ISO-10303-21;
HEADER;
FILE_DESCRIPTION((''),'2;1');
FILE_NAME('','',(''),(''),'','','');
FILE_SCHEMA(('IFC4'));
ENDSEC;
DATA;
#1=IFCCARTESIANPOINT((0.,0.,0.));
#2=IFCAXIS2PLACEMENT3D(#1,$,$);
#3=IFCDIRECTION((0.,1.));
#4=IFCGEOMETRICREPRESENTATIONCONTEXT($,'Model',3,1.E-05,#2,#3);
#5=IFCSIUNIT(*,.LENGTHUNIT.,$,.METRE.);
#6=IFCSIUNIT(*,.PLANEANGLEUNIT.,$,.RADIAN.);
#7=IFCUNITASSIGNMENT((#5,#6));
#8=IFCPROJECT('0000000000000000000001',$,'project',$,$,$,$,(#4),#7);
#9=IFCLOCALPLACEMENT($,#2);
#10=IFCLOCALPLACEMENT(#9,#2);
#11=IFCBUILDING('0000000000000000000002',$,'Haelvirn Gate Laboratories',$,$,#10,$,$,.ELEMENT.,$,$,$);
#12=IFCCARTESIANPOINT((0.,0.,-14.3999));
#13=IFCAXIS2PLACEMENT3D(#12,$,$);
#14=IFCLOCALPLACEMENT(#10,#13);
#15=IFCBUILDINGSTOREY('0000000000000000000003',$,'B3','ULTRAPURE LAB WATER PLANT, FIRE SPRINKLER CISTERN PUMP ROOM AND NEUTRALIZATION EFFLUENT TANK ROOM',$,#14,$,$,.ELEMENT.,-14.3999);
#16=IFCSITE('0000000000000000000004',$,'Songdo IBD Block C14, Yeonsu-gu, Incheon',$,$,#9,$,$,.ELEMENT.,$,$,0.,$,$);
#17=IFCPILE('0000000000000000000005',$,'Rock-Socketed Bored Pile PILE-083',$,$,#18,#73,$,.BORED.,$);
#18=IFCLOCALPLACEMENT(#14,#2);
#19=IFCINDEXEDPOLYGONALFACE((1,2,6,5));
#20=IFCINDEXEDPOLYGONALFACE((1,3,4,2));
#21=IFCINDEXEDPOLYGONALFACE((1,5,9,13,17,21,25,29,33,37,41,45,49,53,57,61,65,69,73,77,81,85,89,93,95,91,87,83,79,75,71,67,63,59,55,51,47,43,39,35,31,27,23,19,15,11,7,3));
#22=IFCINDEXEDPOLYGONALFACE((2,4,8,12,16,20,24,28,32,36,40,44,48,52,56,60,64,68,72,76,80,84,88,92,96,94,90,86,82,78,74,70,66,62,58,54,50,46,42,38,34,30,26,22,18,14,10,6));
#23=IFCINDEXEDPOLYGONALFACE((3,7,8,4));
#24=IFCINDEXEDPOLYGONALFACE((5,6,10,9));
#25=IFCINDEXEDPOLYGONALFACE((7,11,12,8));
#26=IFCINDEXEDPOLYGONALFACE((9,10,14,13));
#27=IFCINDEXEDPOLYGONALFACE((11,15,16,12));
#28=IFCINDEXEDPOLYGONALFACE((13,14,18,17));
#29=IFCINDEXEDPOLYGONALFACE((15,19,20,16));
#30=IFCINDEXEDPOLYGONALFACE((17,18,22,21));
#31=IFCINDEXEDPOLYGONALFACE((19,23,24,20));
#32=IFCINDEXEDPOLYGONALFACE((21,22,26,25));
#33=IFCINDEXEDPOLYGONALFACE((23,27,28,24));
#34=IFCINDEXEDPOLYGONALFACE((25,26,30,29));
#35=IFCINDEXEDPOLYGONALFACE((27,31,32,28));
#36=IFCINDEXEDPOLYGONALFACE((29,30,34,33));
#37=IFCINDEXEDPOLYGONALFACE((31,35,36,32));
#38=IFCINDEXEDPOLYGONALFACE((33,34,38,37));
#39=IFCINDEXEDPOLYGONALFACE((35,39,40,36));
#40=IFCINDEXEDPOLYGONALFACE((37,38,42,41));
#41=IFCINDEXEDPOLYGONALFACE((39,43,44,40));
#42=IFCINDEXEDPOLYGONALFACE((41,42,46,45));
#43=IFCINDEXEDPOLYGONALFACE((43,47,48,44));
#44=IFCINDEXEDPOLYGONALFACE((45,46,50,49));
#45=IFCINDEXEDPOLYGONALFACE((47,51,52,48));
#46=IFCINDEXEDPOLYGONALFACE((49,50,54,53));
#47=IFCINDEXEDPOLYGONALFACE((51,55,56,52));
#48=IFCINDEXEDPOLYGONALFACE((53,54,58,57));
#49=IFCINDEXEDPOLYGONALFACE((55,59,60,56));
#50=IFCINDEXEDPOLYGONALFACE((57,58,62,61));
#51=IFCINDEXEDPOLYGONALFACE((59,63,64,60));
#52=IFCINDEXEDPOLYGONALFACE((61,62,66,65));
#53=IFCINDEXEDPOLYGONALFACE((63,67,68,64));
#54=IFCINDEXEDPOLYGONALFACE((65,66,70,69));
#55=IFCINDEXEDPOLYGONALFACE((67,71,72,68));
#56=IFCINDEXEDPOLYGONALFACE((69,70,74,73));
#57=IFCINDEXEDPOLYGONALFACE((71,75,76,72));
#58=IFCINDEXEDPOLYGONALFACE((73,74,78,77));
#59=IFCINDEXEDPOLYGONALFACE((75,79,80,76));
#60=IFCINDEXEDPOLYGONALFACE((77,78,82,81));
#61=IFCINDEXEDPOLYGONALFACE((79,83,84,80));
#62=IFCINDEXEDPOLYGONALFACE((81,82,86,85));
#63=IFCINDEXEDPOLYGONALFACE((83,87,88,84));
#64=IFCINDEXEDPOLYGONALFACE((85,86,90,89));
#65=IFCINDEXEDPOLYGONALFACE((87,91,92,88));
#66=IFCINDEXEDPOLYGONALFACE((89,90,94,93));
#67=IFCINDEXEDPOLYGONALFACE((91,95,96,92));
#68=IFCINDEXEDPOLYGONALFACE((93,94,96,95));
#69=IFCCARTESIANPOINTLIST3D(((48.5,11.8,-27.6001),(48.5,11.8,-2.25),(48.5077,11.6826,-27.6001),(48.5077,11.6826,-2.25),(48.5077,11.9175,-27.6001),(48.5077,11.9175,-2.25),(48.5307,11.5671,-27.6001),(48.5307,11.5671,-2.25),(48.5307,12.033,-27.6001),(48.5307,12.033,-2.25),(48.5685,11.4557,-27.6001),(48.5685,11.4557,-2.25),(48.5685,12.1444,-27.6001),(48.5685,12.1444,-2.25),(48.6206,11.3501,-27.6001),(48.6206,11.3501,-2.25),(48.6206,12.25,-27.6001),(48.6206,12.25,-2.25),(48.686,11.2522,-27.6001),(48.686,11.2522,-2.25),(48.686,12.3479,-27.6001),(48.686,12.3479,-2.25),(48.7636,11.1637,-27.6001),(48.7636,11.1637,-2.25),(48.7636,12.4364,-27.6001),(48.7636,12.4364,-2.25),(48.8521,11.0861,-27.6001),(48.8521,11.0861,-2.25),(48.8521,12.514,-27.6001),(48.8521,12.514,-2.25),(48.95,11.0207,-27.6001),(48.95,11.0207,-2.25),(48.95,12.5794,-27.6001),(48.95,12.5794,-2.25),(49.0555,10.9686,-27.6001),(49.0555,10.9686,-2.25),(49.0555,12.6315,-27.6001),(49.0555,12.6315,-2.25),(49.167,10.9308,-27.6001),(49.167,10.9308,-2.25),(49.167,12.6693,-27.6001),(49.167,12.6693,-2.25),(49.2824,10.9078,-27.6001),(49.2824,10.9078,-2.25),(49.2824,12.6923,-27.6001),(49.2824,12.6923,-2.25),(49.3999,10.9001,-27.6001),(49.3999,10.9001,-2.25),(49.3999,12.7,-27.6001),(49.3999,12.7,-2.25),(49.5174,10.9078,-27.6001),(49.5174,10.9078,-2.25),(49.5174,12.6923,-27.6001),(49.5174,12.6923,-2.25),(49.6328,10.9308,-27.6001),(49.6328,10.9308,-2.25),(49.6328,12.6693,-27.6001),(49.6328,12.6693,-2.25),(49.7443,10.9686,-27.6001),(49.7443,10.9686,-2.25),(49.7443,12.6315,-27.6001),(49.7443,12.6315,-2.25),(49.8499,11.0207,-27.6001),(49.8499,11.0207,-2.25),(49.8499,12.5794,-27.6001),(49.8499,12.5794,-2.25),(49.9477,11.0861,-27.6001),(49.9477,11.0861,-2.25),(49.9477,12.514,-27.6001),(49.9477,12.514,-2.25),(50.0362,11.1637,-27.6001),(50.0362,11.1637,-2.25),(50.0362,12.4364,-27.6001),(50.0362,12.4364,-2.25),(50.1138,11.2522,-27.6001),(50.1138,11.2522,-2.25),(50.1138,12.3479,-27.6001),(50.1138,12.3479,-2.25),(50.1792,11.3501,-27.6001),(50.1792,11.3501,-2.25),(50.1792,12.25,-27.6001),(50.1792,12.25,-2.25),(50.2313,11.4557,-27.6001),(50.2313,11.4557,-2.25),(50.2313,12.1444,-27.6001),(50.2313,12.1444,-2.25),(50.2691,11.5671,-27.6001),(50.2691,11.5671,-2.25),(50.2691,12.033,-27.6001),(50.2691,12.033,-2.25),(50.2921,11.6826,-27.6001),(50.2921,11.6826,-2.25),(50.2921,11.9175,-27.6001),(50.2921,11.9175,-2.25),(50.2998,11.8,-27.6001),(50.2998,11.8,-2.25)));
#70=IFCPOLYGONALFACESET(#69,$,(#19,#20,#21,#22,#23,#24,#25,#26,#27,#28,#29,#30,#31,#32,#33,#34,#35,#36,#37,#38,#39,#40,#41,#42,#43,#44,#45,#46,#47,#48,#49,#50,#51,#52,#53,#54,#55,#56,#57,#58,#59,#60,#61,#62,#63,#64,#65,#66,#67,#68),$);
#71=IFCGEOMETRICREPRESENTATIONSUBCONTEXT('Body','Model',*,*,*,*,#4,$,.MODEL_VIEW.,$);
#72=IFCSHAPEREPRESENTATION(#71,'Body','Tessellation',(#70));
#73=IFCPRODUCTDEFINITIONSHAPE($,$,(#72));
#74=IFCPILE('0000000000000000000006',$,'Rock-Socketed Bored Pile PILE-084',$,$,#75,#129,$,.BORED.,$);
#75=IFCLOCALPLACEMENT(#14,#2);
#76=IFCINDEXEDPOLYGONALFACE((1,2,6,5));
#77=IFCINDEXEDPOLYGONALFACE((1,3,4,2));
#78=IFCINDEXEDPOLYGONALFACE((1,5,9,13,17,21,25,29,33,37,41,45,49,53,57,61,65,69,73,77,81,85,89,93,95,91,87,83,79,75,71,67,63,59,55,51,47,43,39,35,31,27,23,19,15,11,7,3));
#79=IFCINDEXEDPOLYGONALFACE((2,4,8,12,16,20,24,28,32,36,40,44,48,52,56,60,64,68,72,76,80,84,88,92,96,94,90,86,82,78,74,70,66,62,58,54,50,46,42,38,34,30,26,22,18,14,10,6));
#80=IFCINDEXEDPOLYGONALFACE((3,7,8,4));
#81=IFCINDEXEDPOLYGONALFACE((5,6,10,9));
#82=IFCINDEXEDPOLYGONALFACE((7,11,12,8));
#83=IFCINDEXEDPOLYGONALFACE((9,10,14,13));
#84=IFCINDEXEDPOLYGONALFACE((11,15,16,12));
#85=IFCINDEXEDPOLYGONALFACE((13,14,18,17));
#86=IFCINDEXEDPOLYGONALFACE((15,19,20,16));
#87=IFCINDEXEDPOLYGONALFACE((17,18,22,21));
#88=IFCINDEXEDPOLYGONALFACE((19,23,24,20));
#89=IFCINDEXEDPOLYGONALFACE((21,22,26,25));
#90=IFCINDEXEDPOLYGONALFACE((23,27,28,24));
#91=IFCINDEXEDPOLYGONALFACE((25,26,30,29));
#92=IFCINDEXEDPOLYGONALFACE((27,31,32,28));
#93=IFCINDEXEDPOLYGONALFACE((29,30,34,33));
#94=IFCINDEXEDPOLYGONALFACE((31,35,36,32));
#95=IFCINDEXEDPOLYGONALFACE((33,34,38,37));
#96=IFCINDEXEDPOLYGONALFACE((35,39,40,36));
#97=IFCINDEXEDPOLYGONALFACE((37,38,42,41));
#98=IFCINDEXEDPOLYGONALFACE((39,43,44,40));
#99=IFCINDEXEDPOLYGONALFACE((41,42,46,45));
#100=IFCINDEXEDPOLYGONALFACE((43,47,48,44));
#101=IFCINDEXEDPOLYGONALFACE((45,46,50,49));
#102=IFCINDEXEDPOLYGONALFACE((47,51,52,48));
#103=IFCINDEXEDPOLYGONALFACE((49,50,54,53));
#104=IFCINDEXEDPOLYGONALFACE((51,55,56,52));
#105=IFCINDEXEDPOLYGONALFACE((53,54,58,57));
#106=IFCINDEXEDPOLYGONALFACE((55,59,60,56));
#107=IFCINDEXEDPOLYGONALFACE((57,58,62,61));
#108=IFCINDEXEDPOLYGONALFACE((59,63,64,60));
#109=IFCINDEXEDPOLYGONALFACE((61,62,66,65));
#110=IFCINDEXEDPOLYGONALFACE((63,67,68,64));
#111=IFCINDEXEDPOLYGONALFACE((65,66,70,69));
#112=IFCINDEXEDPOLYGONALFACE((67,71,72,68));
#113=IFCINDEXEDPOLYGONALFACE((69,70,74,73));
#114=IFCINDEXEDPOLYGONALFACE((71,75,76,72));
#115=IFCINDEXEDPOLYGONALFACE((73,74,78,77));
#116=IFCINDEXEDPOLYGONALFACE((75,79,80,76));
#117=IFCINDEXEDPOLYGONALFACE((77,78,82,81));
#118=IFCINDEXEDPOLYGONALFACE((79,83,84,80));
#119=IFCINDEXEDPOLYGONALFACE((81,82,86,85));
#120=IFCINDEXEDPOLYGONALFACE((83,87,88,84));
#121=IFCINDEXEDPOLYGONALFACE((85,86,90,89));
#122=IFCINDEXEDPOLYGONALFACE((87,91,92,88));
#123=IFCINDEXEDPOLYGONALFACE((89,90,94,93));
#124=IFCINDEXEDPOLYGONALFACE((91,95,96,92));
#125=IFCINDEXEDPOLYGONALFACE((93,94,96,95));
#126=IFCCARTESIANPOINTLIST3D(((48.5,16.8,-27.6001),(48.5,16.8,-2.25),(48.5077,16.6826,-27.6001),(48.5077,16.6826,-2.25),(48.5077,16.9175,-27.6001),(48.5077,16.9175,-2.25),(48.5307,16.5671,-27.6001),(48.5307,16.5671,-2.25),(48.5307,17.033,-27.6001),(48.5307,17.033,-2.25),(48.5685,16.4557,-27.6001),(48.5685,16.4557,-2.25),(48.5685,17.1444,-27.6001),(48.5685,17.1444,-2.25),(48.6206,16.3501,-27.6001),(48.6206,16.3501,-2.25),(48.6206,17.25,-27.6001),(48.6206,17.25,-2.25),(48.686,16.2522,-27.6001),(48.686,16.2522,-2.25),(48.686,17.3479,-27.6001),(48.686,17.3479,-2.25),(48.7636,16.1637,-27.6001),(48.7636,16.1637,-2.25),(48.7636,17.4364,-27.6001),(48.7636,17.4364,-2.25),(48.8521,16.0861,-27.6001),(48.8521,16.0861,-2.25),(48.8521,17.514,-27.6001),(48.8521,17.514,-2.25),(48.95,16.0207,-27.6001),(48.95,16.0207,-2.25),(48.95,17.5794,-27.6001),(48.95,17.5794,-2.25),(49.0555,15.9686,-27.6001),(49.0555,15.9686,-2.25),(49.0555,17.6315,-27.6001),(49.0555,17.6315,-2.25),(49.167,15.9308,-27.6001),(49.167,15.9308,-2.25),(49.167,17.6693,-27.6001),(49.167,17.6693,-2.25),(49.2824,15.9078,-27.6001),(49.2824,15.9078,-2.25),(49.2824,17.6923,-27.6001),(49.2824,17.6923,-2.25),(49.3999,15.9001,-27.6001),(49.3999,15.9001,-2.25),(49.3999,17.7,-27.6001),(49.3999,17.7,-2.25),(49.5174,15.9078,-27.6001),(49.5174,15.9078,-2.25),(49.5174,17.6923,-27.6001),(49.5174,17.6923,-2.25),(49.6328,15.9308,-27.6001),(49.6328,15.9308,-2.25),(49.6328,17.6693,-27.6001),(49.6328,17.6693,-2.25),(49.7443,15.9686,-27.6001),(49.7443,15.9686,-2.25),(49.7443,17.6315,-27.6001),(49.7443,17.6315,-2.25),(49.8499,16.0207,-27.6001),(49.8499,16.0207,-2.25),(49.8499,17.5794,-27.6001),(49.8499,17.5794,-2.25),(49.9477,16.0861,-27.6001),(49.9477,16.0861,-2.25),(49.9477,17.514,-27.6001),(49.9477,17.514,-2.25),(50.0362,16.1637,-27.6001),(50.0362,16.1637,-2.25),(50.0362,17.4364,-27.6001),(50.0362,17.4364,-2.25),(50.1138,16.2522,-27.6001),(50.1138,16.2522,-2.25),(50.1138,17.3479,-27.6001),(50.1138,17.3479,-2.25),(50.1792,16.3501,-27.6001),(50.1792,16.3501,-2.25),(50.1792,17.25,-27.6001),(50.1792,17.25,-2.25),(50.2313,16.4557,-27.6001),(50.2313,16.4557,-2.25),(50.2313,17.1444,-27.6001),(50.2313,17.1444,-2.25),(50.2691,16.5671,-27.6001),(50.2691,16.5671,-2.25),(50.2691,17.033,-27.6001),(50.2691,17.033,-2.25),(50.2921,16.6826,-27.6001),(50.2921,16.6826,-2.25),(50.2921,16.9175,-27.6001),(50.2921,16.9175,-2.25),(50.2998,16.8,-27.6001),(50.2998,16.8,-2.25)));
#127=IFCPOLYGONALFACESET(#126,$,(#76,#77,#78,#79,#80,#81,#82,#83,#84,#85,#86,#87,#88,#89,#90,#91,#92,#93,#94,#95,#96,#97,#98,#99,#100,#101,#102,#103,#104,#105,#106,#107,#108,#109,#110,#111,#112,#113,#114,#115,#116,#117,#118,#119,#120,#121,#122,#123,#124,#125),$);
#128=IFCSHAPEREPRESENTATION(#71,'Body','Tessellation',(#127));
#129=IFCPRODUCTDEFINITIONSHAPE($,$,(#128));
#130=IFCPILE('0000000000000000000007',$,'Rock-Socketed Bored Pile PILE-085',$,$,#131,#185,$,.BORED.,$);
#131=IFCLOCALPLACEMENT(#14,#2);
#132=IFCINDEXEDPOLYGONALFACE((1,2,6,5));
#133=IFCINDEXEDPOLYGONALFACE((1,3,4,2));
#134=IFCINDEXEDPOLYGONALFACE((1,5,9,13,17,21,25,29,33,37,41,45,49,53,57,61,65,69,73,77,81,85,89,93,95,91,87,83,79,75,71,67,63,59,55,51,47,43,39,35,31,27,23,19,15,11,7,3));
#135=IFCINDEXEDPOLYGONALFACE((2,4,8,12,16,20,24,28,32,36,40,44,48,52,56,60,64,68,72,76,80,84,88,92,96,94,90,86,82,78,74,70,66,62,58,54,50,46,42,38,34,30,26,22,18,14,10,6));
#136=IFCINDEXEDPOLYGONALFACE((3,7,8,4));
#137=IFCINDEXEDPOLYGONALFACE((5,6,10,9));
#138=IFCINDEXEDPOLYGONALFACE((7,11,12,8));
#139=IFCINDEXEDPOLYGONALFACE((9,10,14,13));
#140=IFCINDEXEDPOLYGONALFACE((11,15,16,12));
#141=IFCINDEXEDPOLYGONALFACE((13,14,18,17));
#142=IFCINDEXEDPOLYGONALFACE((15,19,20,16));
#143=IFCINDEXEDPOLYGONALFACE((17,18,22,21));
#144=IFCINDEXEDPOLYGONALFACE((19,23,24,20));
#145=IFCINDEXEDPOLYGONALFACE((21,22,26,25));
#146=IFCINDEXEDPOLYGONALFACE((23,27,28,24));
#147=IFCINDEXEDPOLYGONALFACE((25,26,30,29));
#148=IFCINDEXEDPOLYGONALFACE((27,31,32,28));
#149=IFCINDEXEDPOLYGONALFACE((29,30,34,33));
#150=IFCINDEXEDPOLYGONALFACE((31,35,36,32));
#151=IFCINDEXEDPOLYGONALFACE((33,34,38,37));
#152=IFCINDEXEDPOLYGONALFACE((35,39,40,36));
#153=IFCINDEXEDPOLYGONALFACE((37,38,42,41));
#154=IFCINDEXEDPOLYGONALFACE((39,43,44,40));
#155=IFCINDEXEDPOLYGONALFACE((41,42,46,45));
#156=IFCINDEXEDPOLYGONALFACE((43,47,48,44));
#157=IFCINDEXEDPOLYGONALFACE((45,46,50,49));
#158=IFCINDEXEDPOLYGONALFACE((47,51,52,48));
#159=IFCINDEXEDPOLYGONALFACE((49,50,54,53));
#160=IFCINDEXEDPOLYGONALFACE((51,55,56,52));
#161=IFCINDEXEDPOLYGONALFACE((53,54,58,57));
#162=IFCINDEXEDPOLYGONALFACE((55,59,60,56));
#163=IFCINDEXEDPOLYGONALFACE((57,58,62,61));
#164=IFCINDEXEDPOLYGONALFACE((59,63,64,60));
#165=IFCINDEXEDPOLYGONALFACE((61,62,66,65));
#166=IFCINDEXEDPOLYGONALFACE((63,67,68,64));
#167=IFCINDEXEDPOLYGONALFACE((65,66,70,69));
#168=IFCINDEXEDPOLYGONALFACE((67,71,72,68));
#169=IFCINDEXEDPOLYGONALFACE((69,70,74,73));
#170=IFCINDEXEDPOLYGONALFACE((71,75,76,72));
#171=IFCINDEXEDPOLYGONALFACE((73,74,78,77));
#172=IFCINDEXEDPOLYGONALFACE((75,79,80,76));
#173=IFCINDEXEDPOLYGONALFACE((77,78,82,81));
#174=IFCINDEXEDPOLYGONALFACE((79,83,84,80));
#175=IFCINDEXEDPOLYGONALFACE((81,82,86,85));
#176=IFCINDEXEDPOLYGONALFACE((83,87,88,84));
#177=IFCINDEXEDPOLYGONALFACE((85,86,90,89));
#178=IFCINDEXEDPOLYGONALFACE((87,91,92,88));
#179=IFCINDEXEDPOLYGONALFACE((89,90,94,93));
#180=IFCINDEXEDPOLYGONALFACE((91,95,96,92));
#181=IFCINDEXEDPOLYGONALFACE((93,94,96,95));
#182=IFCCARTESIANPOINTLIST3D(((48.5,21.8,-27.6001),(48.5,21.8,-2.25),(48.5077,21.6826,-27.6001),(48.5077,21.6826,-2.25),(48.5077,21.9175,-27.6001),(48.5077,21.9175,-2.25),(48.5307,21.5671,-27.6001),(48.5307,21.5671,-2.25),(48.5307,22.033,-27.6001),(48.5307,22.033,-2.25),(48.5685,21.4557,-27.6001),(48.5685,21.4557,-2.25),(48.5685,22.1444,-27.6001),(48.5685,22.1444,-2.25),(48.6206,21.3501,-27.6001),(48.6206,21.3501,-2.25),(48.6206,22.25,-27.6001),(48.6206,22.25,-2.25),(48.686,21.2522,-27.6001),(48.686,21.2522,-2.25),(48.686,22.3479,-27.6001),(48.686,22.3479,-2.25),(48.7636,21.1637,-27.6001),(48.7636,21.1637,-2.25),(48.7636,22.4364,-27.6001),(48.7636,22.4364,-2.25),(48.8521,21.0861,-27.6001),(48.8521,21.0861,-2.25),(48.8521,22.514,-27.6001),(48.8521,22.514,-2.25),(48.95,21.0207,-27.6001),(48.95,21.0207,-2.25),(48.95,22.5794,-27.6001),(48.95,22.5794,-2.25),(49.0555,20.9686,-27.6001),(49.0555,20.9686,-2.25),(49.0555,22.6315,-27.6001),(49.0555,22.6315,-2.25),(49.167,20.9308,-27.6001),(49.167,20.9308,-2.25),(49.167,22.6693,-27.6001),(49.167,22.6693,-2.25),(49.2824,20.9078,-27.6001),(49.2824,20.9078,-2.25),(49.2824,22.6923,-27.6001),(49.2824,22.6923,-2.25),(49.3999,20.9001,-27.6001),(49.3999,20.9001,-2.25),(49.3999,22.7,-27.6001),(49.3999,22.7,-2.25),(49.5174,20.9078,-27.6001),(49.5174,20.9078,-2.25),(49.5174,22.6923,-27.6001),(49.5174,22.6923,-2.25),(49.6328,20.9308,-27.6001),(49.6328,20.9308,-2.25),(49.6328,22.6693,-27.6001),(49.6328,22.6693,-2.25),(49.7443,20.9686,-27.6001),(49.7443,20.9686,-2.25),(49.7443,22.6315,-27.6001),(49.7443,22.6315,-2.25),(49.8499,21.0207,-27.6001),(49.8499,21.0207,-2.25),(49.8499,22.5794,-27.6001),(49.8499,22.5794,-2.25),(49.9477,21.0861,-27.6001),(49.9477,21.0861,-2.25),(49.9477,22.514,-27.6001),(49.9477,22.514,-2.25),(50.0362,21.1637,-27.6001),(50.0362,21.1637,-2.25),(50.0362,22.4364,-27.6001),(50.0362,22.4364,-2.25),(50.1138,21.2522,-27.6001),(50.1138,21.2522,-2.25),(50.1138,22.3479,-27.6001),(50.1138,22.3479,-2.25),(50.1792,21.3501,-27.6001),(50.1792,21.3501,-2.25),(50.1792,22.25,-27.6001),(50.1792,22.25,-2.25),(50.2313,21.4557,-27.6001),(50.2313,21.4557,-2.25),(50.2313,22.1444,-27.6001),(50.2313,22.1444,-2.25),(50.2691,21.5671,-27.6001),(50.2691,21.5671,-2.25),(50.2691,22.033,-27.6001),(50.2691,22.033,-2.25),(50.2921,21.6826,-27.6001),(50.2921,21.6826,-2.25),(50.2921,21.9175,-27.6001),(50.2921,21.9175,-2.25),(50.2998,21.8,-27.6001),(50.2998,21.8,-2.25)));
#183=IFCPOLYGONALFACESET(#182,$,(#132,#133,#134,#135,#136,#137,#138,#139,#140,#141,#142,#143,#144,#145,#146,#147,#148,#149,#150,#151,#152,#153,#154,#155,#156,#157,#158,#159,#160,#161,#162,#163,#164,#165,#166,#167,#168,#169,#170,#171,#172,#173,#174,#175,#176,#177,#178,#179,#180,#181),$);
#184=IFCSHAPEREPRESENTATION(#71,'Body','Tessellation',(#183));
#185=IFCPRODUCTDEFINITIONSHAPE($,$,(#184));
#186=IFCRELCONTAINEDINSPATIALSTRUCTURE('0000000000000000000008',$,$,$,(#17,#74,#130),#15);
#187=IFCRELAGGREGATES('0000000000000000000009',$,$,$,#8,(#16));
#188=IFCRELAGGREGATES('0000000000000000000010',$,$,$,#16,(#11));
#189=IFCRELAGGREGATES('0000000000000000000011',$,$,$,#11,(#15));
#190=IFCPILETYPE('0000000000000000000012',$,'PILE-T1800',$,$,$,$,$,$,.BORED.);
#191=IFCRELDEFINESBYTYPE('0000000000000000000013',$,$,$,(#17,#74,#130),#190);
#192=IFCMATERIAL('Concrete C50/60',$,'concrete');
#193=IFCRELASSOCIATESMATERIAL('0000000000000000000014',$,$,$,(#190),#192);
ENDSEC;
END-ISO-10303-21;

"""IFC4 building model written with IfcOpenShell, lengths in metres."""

from ifc_helpers import new_model, si_unit, direction, frame, origin, origin_2d, place, context, subcontext, project, spatial, circle, extrude, source, transform, mapped, material, material_profile, profile_set, type_object, type_shapes, element, save


model = new_model("IFC4")

# Units and contexts
model_context = context("Model", 3, precision=1e-05, world=origin(), true_north=direction((0.0, 1.0)))
body_context = subcontext(model_context, "Body", "Model", "MODEL_VIEW")
ifc_project = project(units=[si_unit("LENGTHUNIT", "METRE"), si_unit("PLANEANGLEUNIT", "RADIAN")], contexts=[model_context])

# Site, building, storey
site_placement = place(None, origin())
site = spatial("IfcSite", under=ifc_project, at=site_placement, Name="Songdo IBD Block C14, Yeonsu-gu, Incheon", CompositionType="ELEMENT", RefElevation=0.0)
building_placement = place(site_placement, origin())
building = spatial("IfcBuilding", under=site, at=building_placement, Name="Haelvirn Gate Laboratories", CompositionType="ELEMENT")
storey_placement = place(building_placement, frame((0.0, 0.0, -14.3999)))
storey = spatial("IfcBuildingStorey", under=building, at=storey_placement, Name="B3", Description="ULTRAPURE LAB WATER PLANT, FIRE SPRINKLER CISTERN PUMP ROOM AND NEUTRALIZATION EFFLUENT TANK ROOM", CompositionType="ELEMENT", Elevation=-14.3999)

# Piles
ifc_material_1 = material(Name="Concrete C50/60", Category="concrete")
ifc_material_profile_1 = material_profile(ifc_material_1, circle(Radius=0.8999, at=origin_2d()), Name="PILE-D1800")
ifc_profile_set_1 = profile_set([ifc_material_profile_1], Name="Concrete C50/60")
pile_type_1 = type_object("IfcPileType", Name="PILE-T1800", PredefinedType="BORED", material=ifc_profile_set_1)
shared_shape_1 = source(origin(), body_context, "Body", "SweptSolid", [
    extrude(circle(Radius=0.8999, at=origin_2d()), origin(), (0.0, 0.0, 1.0), 25.3501),
])
type_shapes(pile_type_1, [shared_shape_1])
for number, where, z_axis, x_axis, name in (
    (1, (49.3999, 11.8, -2.25), (0.0, 0.0, -1.0), (1.0, 0.0, 0.0), "Rock-Socketed Bored Pile PILE-083"),
    (2, (49.3999, 16.8, -2.25), (0.0, 0.0, -1.0), (1.0, 0.0, 0.0), "Rock-Socketed Bored Pile PILE-084"),
    (3, (49.3999, 21.8, -2.25), (0.0, 0.0, -1.0), (1.0, 0.0, 0.0), "Rock-Socketed Bored Pile PILE-085"),
):
    element("IfcPile", number, at=place(storey_placement, frame(where, z_axis=z_axis, x_axis=x_axis)), inside=storey, type_object=pile_type_1, Name=name, PredefinedType="BORED", context=body_context, shape_type="MappedRepresentation", body=[
        mapped(shared_shape_1, transform((0.0, 0.0, 0.0), scale=1.0)),
    ])

save(model, "model.ifc")
